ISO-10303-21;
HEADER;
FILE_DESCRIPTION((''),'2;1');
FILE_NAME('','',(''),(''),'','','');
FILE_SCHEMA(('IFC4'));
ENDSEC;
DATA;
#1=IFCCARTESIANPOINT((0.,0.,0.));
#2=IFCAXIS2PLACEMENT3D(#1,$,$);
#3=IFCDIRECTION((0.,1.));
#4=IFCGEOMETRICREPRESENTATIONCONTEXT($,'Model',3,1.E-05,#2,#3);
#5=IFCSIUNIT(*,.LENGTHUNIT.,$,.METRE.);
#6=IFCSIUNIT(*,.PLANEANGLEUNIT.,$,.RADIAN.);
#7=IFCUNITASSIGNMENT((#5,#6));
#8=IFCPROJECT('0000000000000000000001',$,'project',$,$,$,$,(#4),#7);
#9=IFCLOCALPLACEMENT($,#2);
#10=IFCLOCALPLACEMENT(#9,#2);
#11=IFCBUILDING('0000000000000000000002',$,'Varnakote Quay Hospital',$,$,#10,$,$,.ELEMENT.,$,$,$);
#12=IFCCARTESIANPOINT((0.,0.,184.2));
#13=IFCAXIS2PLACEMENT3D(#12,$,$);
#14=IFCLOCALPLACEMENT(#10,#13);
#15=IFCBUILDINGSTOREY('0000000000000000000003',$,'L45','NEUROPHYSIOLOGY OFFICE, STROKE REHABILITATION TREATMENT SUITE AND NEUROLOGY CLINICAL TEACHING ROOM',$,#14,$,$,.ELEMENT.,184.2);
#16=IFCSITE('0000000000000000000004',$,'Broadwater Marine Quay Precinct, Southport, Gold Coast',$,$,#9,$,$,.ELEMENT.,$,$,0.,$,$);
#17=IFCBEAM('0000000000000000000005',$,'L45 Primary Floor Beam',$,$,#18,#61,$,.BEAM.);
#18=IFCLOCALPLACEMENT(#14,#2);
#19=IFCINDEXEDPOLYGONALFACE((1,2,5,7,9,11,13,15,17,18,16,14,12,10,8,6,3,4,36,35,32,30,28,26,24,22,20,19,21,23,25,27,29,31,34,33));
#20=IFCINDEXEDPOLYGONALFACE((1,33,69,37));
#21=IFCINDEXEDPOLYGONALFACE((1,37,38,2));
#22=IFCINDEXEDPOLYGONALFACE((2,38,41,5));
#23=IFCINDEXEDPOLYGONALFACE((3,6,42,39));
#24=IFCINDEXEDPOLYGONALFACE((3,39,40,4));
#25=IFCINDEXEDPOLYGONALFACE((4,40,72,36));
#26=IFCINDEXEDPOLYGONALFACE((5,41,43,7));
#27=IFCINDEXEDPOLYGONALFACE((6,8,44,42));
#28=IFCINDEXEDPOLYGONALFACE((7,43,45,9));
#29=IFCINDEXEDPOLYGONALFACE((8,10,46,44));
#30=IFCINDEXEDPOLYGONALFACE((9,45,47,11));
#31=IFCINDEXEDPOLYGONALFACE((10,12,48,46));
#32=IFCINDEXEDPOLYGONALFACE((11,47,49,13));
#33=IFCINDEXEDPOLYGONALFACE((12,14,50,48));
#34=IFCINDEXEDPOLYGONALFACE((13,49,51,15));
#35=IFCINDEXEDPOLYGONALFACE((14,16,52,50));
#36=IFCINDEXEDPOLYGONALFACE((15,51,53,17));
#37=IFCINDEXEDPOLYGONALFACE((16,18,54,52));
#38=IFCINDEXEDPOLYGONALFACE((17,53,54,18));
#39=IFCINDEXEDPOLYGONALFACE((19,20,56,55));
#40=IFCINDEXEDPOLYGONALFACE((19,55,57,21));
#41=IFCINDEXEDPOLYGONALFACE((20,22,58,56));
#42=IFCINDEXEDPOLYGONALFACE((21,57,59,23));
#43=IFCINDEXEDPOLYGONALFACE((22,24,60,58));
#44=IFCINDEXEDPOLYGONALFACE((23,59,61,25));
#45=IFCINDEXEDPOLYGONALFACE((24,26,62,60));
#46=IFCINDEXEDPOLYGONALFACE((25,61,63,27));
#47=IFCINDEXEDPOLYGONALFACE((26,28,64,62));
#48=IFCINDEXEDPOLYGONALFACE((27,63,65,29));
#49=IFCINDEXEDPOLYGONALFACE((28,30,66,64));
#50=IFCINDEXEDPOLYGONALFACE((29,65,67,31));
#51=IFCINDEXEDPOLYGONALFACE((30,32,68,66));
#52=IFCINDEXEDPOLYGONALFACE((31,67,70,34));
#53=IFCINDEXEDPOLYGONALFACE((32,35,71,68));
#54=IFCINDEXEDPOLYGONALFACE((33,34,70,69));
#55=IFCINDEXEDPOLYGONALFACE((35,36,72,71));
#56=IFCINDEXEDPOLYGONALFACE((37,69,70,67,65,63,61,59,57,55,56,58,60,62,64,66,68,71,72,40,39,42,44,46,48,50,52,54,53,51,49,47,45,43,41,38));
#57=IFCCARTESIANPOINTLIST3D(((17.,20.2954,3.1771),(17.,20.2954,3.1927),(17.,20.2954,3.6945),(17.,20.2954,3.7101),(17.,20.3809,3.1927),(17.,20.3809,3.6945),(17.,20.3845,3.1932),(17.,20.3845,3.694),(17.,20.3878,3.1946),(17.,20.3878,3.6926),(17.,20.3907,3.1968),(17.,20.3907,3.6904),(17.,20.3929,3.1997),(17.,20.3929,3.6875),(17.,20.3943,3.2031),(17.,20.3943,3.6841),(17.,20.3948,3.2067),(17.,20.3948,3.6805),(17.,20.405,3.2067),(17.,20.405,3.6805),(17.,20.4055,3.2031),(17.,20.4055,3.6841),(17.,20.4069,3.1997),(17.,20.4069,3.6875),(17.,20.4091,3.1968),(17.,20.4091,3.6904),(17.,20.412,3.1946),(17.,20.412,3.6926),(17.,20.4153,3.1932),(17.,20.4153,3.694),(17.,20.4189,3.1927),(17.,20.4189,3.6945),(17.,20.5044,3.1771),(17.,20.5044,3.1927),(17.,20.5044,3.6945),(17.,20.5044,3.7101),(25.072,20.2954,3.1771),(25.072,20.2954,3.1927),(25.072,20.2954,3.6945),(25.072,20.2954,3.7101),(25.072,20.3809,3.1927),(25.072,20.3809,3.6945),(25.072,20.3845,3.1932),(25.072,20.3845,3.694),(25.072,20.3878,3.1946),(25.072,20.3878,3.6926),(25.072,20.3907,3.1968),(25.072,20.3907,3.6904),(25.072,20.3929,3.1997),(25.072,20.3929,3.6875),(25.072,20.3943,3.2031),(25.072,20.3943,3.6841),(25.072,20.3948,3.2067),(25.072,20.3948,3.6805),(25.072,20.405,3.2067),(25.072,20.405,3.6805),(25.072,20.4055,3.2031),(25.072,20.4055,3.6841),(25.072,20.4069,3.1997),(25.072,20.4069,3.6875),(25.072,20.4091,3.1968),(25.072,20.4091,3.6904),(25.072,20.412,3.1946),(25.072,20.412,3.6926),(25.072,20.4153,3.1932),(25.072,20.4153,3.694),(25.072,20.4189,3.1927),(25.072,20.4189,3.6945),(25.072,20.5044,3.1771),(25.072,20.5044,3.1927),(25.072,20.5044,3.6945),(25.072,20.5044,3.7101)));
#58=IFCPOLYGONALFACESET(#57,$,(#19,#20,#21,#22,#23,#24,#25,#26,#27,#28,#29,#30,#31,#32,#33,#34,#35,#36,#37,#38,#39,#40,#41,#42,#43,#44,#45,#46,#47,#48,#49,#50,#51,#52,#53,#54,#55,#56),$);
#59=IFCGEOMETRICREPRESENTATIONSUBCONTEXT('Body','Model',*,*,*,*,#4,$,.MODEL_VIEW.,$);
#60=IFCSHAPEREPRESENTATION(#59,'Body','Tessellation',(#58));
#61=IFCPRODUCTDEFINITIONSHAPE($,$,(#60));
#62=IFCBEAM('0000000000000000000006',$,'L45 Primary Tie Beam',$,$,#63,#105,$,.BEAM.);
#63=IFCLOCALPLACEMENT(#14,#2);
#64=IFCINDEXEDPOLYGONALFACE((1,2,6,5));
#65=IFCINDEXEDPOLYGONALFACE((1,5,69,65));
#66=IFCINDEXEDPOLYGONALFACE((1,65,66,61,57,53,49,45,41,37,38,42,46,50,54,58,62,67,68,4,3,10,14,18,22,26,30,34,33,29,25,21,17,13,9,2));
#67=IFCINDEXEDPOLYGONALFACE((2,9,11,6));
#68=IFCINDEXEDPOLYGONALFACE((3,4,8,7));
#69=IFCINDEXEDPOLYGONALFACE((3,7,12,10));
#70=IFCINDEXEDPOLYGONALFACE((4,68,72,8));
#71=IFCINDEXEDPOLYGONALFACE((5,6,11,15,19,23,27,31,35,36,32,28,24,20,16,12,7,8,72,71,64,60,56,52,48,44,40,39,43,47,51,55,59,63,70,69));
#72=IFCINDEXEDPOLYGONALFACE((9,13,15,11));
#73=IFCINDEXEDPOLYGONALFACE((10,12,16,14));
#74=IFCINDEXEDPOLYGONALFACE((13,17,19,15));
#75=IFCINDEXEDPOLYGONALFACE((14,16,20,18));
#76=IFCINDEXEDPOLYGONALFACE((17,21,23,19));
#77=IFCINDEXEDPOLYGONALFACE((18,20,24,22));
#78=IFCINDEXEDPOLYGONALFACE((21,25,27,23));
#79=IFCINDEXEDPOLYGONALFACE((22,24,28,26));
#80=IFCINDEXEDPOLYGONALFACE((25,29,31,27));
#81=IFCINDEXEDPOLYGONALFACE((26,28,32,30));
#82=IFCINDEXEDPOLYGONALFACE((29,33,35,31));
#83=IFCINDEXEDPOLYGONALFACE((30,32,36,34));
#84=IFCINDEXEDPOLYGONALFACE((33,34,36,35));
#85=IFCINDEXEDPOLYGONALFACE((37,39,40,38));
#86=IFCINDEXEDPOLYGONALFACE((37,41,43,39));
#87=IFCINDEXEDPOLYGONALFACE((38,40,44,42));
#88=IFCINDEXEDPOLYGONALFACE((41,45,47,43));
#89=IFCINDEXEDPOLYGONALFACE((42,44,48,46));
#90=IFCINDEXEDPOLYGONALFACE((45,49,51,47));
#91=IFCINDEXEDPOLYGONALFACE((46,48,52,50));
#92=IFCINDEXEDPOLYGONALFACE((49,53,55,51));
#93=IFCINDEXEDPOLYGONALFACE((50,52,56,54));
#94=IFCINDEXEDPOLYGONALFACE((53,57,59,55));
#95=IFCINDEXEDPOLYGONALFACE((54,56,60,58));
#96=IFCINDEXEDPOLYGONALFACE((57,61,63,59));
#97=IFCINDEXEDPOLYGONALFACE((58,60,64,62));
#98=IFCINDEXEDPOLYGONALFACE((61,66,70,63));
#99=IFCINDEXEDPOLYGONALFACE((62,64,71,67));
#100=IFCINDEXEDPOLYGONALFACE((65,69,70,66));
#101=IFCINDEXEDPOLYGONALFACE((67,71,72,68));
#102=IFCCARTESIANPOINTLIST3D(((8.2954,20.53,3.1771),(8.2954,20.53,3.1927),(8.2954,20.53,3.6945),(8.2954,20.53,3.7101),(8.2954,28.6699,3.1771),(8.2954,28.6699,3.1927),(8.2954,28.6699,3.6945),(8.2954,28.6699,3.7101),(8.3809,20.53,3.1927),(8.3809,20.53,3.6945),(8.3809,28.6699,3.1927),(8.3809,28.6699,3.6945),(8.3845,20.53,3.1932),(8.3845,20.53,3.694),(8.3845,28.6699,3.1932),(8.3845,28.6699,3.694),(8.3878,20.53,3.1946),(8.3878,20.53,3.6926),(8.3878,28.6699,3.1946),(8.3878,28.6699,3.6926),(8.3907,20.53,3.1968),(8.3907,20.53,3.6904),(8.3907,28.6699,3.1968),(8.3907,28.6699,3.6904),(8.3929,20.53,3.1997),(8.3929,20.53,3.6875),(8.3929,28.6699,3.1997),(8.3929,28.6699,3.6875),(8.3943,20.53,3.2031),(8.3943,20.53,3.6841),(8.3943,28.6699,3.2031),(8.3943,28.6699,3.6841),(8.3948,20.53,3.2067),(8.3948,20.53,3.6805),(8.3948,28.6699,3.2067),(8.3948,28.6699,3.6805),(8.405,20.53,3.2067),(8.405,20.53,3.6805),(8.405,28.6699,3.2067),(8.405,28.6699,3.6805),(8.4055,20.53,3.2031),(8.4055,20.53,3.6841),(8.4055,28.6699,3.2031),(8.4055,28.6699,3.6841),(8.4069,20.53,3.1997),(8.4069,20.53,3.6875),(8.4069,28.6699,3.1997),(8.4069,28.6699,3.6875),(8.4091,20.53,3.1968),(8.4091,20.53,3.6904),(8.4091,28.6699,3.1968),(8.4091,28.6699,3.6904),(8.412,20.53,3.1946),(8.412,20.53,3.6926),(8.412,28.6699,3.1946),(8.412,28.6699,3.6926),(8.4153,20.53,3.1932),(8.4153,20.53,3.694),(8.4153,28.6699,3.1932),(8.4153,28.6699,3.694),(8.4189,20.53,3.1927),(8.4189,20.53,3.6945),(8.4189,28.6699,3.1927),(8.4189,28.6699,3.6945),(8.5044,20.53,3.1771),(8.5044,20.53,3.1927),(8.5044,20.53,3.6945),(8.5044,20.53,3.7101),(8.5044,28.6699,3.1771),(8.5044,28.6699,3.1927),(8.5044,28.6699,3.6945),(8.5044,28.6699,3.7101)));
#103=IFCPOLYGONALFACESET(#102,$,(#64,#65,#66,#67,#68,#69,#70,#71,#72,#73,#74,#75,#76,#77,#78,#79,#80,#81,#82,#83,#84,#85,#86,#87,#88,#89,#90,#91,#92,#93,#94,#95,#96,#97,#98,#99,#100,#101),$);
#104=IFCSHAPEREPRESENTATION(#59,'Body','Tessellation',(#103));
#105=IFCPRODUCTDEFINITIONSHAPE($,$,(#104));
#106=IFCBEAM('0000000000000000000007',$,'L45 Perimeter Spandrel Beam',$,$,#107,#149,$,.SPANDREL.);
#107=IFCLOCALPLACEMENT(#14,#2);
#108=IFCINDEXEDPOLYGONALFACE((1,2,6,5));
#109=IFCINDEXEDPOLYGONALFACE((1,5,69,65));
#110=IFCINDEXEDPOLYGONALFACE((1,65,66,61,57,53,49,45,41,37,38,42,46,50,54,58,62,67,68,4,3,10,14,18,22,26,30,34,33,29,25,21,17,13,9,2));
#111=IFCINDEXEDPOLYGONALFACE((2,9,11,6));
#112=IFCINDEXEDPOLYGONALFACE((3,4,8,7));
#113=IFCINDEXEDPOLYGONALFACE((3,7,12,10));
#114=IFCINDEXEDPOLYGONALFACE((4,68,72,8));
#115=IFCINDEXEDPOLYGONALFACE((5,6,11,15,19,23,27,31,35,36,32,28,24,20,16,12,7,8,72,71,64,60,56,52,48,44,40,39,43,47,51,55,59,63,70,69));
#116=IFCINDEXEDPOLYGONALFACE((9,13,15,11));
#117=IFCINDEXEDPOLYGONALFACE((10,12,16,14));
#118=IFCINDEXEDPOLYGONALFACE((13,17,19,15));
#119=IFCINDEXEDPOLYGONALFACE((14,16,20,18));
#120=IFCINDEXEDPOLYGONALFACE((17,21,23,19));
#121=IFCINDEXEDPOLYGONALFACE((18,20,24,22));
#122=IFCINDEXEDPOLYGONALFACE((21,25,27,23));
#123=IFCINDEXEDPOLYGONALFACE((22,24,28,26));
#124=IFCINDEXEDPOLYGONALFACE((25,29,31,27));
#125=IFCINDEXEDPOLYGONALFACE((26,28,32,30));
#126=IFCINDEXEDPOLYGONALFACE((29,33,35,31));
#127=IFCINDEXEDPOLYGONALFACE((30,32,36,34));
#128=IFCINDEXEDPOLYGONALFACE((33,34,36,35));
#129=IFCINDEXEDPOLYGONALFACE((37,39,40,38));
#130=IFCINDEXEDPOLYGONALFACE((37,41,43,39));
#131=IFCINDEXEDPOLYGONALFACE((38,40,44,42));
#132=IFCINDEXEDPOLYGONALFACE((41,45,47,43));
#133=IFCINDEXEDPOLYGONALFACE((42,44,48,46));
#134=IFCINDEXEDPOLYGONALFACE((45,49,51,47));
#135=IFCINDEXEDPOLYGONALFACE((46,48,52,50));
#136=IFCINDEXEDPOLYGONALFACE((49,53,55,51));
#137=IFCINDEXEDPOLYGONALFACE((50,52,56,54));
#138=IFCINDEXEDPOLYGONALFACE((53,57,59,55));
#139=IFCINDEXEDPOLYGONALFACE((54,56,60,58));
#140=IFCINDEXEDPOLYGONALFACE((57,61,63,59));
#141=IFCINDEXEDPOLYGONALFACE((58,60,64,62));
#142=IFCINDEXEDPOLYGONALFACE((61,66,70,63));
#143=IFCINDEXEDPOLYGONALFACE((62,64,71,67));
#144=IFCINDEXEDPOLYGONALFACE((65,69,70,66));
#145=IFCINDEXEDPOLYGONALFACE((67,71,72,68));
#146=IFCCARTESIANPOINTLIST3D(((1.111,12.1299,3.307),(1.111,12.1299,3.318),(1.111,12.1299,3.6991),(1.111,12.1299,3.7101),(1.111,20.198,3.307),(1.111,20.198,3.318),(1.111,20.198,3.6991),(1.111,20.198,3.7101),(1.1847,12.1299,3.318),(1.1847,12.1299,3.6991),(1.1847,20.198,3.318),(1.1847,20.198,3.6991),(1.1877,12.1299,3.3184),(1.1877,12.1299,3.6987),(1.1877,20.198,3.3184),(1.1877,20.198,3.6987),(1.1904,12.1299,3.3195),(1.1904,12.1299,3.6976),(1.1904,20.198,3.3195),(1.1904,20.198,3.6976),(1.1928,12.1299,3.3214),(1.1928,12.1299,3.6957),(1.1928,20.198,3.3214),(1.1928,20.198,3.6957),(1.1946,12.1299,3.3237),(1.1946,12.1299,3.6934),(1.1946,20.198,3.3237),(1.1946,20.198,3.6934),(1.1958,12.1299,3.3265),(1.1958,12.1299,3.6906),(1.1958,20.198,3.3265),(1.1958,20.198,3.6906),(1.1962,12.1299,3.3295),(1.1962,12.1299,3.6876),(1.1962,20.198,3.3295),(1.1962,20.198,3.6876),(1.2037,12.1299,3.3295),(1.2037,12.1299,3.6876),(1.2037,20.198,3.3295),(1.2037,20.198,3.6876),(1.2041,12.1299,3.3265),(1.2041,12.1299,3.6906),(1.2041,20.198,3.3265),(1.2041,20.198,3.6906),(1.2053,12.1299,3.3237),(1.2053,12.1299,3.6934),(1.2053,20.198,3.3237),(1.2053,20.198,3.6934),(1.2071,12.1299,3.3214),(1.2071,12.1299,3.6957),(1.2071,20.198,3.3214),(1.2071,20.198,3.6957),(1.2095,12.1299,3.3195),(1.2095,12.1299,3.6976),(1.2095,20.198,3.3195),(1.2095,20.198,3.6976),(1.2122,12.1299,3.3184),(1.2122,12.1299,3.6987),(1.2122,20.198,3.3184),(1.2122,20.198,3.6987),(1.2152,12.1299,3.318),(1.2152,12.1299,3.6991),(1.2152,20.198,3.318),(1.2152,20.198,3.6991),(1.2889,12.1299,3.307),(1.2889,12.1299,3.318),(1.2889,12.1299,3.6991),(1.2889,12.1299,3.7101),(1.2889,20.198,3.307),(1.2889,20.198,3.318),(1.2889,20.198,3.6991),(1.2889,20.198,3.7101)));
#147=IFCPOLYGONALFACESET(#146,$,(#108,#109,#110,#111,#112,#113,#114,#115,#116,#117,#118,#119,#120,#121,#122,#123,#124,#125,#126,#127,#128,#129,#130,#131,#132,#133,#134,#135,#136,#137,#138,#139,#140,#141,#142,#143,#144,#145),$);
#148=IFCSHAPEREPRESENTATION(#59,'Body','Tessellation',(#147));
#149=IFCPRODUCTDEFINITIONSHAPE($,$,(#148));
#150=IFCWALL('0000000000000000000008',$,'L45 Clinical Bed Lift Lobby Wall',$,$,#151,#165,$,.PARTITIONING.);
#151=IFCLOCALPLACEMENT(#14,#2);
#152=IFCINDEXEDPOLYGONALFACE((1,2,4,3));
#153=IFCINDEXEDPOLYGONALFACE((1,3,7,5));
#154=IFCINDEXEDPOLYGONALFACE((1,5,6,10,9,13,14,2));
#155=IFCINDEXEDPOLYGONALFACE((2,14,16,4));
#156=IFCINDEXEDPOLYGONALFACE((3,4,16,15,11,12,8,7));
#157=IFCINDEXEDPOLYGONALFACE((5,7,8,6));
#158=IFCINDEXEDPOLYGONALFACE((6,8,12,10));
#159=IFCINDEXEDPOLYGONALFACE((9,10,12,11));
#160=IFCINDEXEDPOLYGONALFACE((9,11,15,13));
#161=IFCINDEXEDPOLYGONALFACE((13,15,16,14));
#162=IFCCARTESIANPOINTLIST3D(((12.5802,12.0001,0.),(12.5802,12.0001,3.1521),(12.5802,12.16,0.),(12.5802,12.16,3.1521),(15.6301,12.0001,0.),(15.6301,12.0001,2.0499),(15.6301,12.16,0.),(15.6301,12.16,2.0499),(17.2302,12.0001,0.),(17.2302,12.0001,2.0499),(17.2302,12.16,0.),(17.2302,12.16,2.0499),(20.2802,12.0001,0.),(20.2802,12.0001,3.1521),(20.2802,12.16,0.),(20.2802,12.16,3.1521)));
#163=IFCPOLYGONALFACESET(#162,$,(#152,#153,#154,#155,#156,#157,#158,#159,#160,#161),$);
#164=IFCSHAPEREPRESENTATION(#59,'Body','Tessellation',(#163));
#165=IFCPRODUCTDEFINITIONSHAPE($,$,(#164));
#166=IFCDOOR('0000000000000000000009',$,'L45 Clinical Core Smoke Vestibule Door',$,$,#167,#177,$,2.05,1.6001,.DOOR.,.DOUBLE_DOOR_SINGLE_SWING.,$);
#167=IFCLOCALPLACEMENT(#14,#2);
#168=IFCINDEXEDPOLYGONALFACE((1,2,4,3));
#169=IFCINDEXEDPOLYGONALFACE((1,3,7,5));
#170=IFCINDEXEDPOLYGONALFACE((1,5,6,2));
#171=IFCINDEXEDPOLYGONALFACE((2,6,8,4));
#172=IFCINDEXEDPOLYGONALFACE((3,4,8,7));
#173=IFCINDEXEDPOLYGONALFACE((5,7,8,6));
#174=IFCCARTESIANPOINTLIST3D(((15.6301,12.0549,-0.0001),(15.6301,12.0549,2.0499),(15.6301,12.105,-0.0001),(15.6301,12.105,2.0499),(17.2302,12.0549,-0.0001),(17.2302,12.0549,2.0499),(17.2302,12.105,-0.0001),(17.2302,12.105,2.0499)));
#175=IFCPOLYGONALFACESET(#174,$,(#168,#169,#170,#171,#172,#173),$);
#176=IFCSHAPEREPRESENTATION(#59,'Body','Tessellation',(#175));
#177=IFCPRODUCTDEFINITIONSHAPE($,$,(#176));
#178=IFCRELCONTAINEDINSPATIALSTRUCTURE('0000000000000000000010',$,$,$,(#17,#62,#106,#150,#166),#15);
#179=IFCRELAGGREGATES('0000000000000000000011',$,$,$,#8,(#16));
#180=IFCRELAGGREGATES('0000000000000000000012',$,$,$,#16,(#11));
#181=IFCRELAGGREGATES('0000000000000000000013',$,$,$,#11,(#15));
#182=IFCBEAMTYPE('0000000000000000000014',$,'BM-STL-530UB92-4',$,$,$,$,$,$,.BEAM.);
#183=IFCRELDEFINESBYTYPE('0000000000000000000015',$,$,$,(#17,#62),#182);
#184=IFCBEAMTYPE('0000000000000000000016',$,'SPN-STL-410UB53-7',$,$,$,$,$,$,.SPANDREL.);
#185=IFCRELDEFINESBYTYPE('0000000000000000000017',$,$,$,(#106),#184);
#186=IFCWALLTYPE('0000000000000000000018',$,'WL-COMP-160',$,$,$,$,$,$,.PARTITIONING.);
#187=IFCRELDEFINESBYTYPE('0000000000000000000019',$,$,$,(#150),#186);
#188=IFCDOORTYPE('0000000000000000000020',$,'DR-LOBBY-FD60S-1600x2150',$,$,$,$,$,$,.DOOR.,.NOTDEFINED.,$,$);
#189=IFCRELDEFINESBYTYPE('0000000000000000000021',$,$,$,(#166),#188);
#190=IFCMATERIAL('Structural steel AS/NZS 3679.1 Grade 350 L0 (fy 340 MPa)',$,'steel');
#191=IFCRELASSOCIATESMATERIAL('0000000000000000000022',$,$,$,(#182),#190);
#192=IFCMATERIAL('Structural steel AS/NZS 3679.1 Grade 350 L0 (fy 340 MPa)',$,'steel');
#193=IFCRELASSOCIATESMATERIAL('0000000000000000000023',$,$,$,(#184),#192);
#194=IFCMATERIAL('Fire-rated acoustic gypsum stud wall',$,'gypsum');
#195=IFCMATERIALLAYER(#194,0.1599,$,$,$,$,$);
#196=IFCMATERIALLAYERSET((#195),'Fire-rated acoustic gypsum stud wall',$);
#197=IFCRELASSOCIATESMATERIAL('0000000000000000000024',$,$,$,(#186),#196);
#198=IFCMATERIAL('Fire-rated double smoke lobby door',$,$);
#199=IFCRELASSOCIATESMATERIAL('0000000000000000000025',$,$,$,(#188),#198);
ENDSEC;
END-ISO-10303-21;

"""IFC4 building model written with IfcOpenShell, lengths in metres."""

from ifc_helpers import new_model, si_unit, direction, frame, frame_2d, origin, origin_2d, place, context, subcontext, project, spatial, rectangle, i_section, extrude, material, layer, layer_set, material_profile, profile_set, type_object, element, fill, save


model = new_model("IFC4")

# Units and contexts
model_context = context("Model", 3, precision=1e-05, world=origin(), true_north=direction((0.0, 1.0)))
body_context = subcontext(model_context, "Body", "Model", "MODEL_VIEW")
ifc_project = project(units=[si_unit("LENGTHUNIT", "METRE"), si_unit("PLANEANGLEUNIT", "RADIAN")], contexts=[model_context])

# Site, building, storey
site_placement = place(None, origin())
site = spatial("IfcSite", under=ifc_project, at=site_placement, Name="Broadwater Marine Quay Precinct, Southport, Gold Coast", CompositionType="ELEMENT", RefElevation=0.0)
building_placement = place(site_placement, origin())
building = spatial("IfcBuilding", under=site, at=building_placement, Name="Varnakote Quay Hospital", CompositionType="ELEMENT")
storey_placement = place(building_placement, frame((0.0, 0.0, 184.2)))
storey = spatial("IfcBuildingStorey", under=building, at=storey_placement, Name="L45", Description="NEUROPHYSIOLOGY OFFICE, STROKE REHABILITATION TREATMENT SUITE AND NEUROLOGY CLINICAL TEACHING ROOM", CompositionType="ELEMENT", Elevation=184.2)

# Beams
ifc_material_1 = material(Name="Structural steel AS/NZS 3679.1 Grade 350 L0 (fy 340 MPa)", Category="steel")
ifc_material_profile_1 = material_profile(ifc_material_1, i_section(OverallWidth=0.209, OverallDepth=0.533, WebThickness=0.0103, FlangeThickness=0.0156, FilletRadius=0.0139, at=origin_2d()), Name="530UB92.4")
ifc_profile_set_1 = profile_set([ifc_material_profile_1], Name="Structural steel AS/NZS 3679.1 Grade 350 L0 (fy 340 MPa)")
beam_type_1 = type_object("IfcBeamType", Name="BM-STL-530UB92-4", PredefinedType="BEAM", material=ifc_profile_set_1)
for number, where, z_axis, x_axis, name in (
    (1, (17.0, 20.3999, 3.4436), (1.0, 0.0, 0.0), (0.0, 1.0, 0.0), "L45 Primary Floor Beam"),
):
    element("IfcBeam", number, at=place(storey_placement, frame(where, z_axis=z_axis, x_axis=x_axis)), inside=storey, type_object=beam_type_1, Name=name, PredefinedType="BEAM", context=body_context, shape_type="SweptSolid", body=[
        extrude(i_section(OverallWidth=0.209, OverallDepth=0.533, WebThickness=0.0103, FlangeThickness=0.0156, FilletRadius=0.0139, at=origin_2d()), origin(), (0.0, 0.0, 1.0), 8.072),
    ])
beam_1_placement = place(storey_placement, frame((8.3999, 20.53, 3.4436), z_axis=(0.0, 1.0, 0.0), x_axis=(-1.0, 0.0, 0.0)))
element("IfcBeam", 2, at=beam_1_placement, inside=storey, type_object=beam_type_1, Name="L45 Primary Tie Beam", PredefinedType="BEAM", context=body_context, shape_type="SweptSolid", body=[
    extrude(i_section(OverallWidth=0.209, OverallDepth=0.533, WebThickness=0.0103, FlangeThickness=0.0156, FilletRadius=0.0139, at=origin_2d()), origin(), (0.0, 0.0, 1.0), 8.1399),
])
ifc_material_2 = material(Name="Structural steel AS/NZS 3679.1 Grade 350 L0 (fy 340 MPa)", Category="steel")
ifc_material_profile_2 = material_profile(ifc_material_2, i_section(OverallWidth=0.178, OverallDepth=0.4031, WebThickness=0.0076, FlangeThickness=0.011, FilletRadius=0.0115, at=origin_2d()), Name="410UB53.7")
ifc_profile_set_2 = profile_set([ifc_material_profile_2], Name="Structural steel AS/NZS 3679.1 Grade 350 L0 (fy 340 MPa)")
beam_type_2 = type_object("IfcBeamType", Name="SPN-STL-410UB53-7", PredefinedType="SPANDREL", material=ifc_profile_set_2)
beam_2_placement = place(storey_placement, frame((1.2, 12.1299, 3.5085), z_axis=(0.0, 1.0, 0.0), x_axis=(-1.0, 0.0, 0.0)))
element("IfcBeam", 3, at=beam_2_placement, inside=storey, type_object=beam_type_2, Name="L45 Perimeter Spandrel Beam", PredefinedType="SPANDREL", context=body_context, shape_type="SweptSolid", body=[
    extrude(i_section(OverallWidth=0.178, OverallDepth=0.4031, WebThickness=0.0076, FlangeThickness=0.011, FilletRadius=0.0115, at=origin_2d()), origin(), (0.0, 0.0, 1.0), 8.0681),
])

# Wall, opening, door
ifc_material_3 = material(Name="Fire-rated acoustic gypsum stud wall", Category="gypsum")
ifc_layer_1 = layer(ifc_material_3, 0.1599)
ifc_layer_set_1 = layer_set([ifc_layer_1], Name="Fire-rated acoustic gypsum stud wall")
wall_type_1 = type_object("IfcWallType", Name="WL-COMP-160", PredefinedType="PARTITIONING", material=ifc_layer_set_1)
wall_1_placement = place(storey_placement, frame((12.5801, 12.0801, 0.0), z_axis=(0.0, 0.0, 1.0), x_axis=(1.0, 0.0, 0.0)))
wall_1 = element("IfcWall", 4, at=wall_1_placement, inside=storey, type_object=wall_type_1, Name="L45 Clinical Bed Lift Lobby Wall", PredefinedType="PARTITIONING", context=body_context, shape_type="SweptSolid", body=[
    extrude(rectangle(XDim=7.7, YDim=0.1599, at=frame_2d((3.8501, 0.0))), origin(), (0.0, 0.0, 1.0), 3.1521),
])
opening_1_placement = place(wall_1_placement, frame((3.05, 0.0, 0.0)))
opening_1 = element("IfcOpeningElement", 5, at=opening_1_placement, cuts=wall_1, PredefinedType="OPENING", context=body_context, shape_type="SweptSolid", body=[
    extrude(rectangle(XDim=1.6001, YDim=2.05, at=frame_2d((0.8, 1.0249))), frame((0.0, 0.0898, 0.0), z_axis=(0.0, -1.0, 0.0), x_axis=(1.0, 0.0, 0.0)), (0.0, 0.0, 1.0), 0.1799),
])
ifc_material_4 = material(Name="Fire-rated double smoke lobby door")
door_type_1 = type_object("IfcDoorType", Name="DR-LOBBY-FD60S-1600x2150", OperationType="NOTDEFINED", PredefinedType="DOOR", material=ifc_material_4)
door_1_placement = place(opening_1_placement, origin())
door_1 = element("IfcDoor", 6, at=door_1_placement, inside=storey, type_object=door_type_1, Name="L45 Clinical Core Smoke Vestibule Door", OperationType="DOUBLE_DOOR_SINGLE_SWING", OverallHeight=2.05, OverallWidth=1.6001, PredefinedType="DOOR", context=body_context, shape_type="SweptSolid", body=[
    extrude(rectangle(XDim=1.6001, YDim=2.05, at=frame_2d((0.8, 1.0249))), frame((0.0, 0.0249, 0.0), z_axis=(0.0, -1.0, 0.0), x_axis=(1.0, 0.0, 0.0)), (0.0, 0.0, 1.0), 0.05),
])
fill(opening_1, door_1)

save(model, "model.ifc")
